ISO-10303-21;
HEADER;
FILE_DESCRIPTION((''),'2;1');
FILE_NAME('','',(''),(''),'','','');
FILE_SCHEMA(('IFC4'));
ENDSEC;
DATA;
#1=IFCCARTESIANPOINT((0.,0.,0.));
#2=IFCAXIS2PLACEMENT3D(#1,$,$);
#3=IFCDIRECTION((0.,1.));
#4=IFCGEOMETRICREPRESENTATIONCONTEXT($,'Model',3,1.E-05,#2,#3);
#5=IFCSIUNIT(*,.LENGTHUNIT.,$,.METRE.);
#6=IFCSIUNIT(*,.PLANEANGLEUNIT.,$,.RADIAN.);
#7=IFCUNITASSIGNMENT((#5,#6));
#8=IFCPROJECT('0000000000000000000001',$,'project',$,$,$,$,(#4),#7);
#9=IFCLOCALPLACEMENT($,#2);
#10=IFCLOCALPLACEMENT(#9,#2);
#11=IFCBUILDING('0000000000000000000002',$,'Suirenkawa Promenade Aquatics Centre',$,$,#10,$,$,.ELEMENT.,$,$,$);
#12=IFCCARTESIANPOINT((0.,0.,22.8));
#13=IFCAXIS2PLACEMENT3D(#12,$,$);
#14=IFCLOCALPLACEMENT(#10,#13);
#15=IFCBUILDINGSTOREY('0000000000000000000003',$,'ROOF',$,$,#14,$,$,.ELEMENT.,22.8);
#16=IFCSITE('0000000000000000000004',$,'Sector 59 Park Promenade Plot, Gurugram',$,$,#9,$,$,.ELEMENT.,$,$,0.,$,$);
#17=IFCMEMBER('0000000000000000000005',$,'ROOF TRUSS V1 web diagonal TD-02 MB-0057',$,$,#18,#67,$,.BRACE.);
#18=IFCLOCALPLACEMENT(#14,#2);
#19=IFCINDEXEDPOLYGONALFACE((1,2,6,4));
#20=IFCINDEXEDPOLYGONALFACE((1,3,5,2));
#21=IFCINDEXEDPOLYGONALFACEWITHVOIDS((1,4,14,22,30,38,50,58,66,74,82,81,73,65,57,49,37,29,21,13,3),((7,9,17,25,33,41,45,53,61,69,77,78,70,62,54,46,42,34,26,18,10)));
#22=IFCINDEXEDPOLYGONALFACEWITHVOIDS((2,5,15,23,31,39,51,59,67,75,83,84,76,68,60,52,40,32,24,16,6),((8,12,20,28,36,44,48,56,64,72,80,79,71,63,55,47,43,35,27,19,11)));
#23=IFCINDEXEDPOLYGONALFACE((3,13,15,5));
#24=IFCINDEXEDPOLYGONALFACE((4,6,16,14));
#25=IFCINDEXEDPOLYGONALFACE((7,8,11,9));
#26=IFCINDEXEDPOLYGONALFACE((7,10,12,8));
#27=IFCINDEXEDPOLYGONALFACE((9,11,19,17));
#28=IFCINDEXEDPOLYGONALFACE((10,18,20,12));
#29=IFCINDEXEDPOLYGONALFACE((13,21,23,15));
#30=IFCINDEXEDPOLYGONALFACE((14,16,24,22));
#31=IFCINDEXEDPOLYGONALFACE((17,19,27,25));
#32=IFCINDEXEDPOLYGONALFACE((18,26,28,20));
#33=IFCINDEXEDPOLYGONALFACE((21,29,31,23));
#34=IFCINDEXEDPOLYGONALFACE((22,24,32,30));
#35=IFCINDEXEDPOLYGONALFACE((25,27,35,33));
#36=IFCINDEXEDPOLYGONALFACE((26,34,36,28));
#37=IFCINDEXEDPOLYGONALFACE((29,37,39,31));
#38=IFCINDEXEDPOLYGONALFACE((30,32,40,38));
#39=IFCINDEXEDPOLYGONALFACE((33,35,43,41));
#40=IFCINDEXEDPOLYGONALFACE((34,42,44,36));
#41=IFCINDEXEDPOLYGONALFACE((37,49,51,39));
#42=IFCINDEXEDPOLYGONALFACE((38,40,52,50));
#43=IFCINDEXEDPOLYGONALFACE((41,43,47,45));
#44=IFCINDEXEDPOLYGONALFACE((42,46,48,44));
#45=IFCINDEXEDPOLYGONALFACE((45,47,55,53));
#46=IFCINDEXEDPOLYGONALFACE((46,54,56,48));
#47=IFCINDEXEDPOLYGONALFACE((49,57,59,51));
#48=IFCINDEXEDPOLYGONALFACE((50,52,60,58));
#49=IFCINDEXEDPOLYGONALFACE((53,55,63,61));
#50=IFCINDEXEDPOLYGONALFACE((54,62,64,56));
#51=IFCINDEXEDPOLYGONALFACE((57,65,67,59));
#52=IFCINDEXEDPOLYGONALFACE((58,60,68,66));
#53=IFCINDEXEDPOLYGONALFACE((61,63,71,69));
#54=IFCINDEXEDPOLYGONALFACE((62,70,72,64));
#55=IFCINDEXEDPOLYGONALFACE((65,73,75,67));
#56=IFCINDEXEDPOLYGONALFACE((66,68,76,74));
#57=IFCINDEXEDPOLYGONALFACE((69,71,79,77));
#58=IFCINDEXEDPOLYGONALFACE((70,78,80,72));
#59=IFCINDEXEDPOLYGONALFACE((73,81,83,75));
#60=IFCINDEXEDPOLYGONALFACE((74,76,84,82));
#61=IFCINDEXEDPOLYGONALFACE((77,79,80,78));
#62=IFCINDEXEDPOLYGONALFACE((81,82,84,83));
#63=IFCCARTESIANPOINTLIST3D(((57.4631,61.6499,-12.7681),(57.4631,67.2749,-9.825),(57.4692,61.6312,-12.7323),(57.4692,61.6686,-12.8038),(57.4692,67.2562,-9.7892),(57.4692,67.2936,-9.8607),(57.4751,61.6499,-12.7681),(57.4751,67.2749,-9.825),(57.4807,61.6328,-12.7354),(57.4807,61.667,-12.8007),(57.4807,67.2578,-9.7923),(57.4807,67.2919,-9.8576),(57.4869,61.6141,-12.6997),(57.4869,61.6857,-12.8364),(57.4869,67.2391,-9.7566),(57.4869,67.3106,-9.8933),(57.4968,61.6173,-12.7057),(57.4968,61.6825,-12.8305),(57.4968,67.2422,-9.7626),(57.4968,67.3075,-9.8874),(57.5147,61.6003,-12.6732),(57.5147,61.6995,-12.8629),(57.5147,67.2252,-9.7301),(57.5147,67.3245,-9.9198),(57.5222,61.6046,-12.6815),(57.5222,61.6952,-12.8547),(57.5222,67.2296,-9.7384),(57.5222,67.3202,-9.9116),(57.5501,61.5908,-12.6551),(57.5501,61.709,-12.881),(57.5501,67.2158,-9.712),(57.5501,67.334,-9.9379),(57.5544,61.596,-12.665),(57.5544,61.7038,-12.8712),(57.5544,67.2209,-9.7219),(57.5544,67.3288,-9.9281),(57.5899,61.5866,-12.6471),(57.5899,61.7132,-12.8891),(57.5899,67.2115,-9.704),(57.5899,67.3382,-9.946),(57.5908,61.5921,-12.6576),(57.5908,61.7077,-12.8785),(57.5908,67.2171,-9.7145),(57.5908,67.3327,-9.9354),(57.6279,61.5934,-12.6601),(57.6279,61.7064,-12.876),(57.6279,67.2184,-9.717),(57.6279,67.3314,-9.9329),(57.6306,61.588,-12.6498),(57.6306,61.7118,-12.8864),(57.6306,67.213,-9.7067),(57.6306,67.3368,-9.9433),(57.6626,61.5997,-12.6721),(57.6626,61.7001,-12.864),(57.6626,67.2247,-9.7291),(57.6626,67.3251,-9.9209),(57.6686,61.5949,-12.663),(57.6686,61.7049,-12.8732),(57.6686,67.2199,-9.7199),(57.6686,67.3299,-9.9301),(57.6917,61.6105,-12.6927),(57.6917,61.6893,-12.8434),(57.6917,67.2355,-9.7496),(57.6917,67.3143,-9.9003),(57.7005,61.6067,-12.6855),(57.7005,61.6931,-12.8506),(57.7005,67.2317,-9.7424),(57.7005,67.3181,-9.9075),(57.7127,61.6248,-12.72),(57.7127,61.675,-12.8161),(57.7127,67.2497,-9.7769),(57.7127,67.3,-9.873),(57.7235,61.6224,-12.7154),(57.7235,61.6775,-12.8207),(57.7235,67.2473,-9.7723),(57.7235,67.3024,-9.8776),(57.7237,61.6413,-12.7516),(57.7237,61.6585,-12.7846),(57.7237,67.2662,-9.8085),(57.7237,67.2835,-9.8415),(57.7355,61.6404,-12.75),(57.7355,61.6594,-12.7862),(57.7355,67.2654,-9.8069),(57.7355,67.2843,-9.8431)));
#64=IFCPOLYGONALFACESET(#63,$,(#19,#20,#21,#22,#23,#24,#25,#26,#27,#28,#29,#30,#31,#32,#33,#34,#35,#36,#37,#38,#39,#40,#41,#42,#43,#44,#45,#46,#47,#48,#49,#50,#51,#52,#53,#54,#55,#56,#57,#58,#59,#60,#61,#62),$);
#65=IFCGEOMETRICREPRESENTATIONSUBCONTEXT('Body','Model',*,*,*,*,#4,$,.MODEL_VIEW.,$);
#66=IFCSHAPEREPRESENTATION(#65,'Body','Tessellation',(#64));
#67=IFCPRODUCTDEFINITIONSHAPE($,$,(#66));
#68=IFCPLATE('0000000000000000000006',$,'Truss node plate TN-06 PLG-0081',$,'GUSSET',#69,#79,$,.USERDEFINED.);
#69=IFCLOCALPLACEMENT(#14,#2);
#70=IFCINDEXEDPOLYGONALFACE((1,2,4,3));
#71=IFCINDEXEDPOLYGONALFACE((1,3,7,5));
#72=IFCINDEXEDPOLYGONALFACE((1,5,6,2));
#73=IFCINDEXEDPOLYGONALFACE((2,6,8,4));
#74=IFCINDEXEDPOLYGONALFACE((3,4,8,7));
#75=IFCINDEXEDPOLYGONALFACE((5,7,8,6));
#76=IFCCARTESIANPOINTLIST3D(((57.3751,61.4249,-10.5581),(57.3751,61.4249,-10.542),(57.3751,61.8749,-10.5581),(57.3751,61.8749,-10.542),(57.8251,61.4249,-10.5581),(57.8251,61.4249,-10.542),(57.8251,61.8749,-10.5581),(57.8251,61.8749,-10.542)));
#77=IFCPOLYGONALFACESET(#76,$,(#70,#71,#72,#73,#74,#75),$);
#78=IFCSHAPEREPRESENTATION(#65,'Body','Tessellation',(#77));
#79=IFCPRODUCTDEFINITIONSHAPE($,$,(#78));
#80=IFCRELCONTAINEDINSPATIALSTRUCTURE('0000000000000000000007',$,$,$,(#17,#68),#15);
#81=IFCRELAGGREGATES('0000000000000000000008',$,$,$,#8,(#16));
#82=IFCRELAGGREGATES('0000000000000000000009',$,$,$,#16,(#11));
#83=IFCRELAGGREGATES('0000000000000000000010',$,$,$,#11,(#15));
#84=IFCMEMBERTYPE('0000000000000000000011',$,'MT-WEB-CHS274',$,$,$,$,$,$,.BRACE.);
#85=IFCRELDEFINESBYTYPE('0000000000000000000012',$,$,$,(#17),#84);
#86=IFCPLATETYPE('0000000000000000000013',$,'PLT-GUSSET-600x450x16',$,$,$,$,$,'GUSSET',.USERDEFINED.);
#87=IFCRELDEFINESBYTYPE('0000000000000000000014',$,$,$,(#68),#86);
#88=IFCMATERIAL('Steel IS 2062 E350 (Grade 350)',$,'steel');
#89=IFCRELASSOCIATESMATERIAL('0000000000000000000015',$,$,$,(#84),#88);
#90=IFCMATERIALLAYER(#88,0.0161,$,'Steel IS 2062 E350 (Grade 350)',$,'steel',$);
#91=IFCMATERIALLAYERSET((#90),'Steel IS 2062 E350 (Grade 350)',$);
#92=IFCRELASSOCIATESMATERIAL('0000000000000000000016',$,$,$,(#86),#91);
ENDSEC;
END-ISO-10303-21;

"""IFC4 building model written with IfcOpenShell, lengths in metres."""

from ifc_helpers import new_model, si_unit, direction, frame, origin, origin_2d, place, context, subcontext, project, spatial, rectangle, hollow_circle, extrude, material, layer, layer_set, material_profile, profile_set, type_object, element, save


model = new_model("IFC4")

# Units and contexts
model_context = context("Model", 3, precision=1e-05, world=origin(), true_north=direction((0.0, 1.0)))
body_context = subcontext(model_context, "Body", "Model", "MODEL_VIEW")
ifc_project = project(units=[si_unit("LENGTHUNIT", "METRE"), si_unit("PLANEANGLEUNIT", "RADIAN")], contexts=[model_context])

# Site, building, storey
site_placement = place(None, origin())
site = spatial("IfcSite", under=ifc_project, at=site_placement, Name="Sector 59 Park Promenade Plot, Gurugram", CompositionType="ELEMENT", RefElevation=0.0)
building_placement = place(site_placement, origin())
building = spatial("IfcBuilding", under=site, at=building_placement, Name="Suirenkawa Promenade Aquatics Centre", CompositionType="ELEMENT")
storey_placement = place(building_placement, frame((0.0, 0.0, 22.8)))
storey = spatial("IfcBuildingStorey", under=building, at=storey_placement, Name="ROOF", CompositionType="ELEMENT", Elevation=22.8)

# Shared definitions
ifc_material = material(Name="Steel IS 2062 E350 (Grade 350)", Category="steel")

# Member
ifc_material_profile_1 = material_profile(ifc_material, hollow_circle(Radius=0.137, WallThickness=0.012, at=origin_2d()), Name="CHS 274x12", Category="steel")
ifc_profile_set_1 = profile_set([ifc_material_profile_1], Name="Steel IS 2062 E350 (Grade 350)")
member_type_1 = type_object("IfcMemberType", Name="MT-WEB-CHS274", PredefinedType="BRACE", material=ifc_profile_set_1)
member_1_placement = place(storey_placement, frame((57.6001, 61.6499, -12.7681), z_axis=(0.0, 0.886046, 0.463597), x_axis=(-1.0, 0.0, 0.0)))
element("IfcMember", 1, at=member_1_placement, inside=storey, type_object=member_type_1, Name="ROOF TRUSS V1 web diagonal TD-02 MB-0057", PredefinedType="BRACE", context=body_context, shape_type="SweptSolid", body=[
    extrude(hollow_circle(Radius=0.137, WallThickness=0.012, at=origin_2d()), origin(), (0.0, 0.0, 1.0), 6.3484),
])

# Plate
ifc_layer = layer(ifc_material, 0.0161, Name="Steel IS 2062 E350 (Grade 350)", Category="steel")
ifc_layer_set = layer_set([ifc_layer], Name="Steel IS 2062 E350 (Grade 350)")
plate_type = type_object("IfcPlateType", Name="PLT-GUSSET-600x450x16", ElementType="GUSSET", PredefinedType="USERDEFINED", material=ifc_layer_set)
plate_placement = place(storey_placement, frame((57.6001, 61.6499, -10.5581), z_axis=(0.0, 0.0, 1.0), x_axis=(1.0, 0.0, 0.0)))
element("IfcPlate", 2, at=plate_placement, inside=storey, type_object=plate_type, Name="Truss node plate TN-06 PLG-0081", ObjectType="GUSSET", PredefinedType="USERDEFINED", context=body_context, shape_type="SweptSolid", body=[
    extrude(rectangle(XDim=0.45, YDim=0.45, at=origin_2d()), origin(), (0.0, 0.0, 1.0), 0.0161),
])

save(model, "model.ifc")
